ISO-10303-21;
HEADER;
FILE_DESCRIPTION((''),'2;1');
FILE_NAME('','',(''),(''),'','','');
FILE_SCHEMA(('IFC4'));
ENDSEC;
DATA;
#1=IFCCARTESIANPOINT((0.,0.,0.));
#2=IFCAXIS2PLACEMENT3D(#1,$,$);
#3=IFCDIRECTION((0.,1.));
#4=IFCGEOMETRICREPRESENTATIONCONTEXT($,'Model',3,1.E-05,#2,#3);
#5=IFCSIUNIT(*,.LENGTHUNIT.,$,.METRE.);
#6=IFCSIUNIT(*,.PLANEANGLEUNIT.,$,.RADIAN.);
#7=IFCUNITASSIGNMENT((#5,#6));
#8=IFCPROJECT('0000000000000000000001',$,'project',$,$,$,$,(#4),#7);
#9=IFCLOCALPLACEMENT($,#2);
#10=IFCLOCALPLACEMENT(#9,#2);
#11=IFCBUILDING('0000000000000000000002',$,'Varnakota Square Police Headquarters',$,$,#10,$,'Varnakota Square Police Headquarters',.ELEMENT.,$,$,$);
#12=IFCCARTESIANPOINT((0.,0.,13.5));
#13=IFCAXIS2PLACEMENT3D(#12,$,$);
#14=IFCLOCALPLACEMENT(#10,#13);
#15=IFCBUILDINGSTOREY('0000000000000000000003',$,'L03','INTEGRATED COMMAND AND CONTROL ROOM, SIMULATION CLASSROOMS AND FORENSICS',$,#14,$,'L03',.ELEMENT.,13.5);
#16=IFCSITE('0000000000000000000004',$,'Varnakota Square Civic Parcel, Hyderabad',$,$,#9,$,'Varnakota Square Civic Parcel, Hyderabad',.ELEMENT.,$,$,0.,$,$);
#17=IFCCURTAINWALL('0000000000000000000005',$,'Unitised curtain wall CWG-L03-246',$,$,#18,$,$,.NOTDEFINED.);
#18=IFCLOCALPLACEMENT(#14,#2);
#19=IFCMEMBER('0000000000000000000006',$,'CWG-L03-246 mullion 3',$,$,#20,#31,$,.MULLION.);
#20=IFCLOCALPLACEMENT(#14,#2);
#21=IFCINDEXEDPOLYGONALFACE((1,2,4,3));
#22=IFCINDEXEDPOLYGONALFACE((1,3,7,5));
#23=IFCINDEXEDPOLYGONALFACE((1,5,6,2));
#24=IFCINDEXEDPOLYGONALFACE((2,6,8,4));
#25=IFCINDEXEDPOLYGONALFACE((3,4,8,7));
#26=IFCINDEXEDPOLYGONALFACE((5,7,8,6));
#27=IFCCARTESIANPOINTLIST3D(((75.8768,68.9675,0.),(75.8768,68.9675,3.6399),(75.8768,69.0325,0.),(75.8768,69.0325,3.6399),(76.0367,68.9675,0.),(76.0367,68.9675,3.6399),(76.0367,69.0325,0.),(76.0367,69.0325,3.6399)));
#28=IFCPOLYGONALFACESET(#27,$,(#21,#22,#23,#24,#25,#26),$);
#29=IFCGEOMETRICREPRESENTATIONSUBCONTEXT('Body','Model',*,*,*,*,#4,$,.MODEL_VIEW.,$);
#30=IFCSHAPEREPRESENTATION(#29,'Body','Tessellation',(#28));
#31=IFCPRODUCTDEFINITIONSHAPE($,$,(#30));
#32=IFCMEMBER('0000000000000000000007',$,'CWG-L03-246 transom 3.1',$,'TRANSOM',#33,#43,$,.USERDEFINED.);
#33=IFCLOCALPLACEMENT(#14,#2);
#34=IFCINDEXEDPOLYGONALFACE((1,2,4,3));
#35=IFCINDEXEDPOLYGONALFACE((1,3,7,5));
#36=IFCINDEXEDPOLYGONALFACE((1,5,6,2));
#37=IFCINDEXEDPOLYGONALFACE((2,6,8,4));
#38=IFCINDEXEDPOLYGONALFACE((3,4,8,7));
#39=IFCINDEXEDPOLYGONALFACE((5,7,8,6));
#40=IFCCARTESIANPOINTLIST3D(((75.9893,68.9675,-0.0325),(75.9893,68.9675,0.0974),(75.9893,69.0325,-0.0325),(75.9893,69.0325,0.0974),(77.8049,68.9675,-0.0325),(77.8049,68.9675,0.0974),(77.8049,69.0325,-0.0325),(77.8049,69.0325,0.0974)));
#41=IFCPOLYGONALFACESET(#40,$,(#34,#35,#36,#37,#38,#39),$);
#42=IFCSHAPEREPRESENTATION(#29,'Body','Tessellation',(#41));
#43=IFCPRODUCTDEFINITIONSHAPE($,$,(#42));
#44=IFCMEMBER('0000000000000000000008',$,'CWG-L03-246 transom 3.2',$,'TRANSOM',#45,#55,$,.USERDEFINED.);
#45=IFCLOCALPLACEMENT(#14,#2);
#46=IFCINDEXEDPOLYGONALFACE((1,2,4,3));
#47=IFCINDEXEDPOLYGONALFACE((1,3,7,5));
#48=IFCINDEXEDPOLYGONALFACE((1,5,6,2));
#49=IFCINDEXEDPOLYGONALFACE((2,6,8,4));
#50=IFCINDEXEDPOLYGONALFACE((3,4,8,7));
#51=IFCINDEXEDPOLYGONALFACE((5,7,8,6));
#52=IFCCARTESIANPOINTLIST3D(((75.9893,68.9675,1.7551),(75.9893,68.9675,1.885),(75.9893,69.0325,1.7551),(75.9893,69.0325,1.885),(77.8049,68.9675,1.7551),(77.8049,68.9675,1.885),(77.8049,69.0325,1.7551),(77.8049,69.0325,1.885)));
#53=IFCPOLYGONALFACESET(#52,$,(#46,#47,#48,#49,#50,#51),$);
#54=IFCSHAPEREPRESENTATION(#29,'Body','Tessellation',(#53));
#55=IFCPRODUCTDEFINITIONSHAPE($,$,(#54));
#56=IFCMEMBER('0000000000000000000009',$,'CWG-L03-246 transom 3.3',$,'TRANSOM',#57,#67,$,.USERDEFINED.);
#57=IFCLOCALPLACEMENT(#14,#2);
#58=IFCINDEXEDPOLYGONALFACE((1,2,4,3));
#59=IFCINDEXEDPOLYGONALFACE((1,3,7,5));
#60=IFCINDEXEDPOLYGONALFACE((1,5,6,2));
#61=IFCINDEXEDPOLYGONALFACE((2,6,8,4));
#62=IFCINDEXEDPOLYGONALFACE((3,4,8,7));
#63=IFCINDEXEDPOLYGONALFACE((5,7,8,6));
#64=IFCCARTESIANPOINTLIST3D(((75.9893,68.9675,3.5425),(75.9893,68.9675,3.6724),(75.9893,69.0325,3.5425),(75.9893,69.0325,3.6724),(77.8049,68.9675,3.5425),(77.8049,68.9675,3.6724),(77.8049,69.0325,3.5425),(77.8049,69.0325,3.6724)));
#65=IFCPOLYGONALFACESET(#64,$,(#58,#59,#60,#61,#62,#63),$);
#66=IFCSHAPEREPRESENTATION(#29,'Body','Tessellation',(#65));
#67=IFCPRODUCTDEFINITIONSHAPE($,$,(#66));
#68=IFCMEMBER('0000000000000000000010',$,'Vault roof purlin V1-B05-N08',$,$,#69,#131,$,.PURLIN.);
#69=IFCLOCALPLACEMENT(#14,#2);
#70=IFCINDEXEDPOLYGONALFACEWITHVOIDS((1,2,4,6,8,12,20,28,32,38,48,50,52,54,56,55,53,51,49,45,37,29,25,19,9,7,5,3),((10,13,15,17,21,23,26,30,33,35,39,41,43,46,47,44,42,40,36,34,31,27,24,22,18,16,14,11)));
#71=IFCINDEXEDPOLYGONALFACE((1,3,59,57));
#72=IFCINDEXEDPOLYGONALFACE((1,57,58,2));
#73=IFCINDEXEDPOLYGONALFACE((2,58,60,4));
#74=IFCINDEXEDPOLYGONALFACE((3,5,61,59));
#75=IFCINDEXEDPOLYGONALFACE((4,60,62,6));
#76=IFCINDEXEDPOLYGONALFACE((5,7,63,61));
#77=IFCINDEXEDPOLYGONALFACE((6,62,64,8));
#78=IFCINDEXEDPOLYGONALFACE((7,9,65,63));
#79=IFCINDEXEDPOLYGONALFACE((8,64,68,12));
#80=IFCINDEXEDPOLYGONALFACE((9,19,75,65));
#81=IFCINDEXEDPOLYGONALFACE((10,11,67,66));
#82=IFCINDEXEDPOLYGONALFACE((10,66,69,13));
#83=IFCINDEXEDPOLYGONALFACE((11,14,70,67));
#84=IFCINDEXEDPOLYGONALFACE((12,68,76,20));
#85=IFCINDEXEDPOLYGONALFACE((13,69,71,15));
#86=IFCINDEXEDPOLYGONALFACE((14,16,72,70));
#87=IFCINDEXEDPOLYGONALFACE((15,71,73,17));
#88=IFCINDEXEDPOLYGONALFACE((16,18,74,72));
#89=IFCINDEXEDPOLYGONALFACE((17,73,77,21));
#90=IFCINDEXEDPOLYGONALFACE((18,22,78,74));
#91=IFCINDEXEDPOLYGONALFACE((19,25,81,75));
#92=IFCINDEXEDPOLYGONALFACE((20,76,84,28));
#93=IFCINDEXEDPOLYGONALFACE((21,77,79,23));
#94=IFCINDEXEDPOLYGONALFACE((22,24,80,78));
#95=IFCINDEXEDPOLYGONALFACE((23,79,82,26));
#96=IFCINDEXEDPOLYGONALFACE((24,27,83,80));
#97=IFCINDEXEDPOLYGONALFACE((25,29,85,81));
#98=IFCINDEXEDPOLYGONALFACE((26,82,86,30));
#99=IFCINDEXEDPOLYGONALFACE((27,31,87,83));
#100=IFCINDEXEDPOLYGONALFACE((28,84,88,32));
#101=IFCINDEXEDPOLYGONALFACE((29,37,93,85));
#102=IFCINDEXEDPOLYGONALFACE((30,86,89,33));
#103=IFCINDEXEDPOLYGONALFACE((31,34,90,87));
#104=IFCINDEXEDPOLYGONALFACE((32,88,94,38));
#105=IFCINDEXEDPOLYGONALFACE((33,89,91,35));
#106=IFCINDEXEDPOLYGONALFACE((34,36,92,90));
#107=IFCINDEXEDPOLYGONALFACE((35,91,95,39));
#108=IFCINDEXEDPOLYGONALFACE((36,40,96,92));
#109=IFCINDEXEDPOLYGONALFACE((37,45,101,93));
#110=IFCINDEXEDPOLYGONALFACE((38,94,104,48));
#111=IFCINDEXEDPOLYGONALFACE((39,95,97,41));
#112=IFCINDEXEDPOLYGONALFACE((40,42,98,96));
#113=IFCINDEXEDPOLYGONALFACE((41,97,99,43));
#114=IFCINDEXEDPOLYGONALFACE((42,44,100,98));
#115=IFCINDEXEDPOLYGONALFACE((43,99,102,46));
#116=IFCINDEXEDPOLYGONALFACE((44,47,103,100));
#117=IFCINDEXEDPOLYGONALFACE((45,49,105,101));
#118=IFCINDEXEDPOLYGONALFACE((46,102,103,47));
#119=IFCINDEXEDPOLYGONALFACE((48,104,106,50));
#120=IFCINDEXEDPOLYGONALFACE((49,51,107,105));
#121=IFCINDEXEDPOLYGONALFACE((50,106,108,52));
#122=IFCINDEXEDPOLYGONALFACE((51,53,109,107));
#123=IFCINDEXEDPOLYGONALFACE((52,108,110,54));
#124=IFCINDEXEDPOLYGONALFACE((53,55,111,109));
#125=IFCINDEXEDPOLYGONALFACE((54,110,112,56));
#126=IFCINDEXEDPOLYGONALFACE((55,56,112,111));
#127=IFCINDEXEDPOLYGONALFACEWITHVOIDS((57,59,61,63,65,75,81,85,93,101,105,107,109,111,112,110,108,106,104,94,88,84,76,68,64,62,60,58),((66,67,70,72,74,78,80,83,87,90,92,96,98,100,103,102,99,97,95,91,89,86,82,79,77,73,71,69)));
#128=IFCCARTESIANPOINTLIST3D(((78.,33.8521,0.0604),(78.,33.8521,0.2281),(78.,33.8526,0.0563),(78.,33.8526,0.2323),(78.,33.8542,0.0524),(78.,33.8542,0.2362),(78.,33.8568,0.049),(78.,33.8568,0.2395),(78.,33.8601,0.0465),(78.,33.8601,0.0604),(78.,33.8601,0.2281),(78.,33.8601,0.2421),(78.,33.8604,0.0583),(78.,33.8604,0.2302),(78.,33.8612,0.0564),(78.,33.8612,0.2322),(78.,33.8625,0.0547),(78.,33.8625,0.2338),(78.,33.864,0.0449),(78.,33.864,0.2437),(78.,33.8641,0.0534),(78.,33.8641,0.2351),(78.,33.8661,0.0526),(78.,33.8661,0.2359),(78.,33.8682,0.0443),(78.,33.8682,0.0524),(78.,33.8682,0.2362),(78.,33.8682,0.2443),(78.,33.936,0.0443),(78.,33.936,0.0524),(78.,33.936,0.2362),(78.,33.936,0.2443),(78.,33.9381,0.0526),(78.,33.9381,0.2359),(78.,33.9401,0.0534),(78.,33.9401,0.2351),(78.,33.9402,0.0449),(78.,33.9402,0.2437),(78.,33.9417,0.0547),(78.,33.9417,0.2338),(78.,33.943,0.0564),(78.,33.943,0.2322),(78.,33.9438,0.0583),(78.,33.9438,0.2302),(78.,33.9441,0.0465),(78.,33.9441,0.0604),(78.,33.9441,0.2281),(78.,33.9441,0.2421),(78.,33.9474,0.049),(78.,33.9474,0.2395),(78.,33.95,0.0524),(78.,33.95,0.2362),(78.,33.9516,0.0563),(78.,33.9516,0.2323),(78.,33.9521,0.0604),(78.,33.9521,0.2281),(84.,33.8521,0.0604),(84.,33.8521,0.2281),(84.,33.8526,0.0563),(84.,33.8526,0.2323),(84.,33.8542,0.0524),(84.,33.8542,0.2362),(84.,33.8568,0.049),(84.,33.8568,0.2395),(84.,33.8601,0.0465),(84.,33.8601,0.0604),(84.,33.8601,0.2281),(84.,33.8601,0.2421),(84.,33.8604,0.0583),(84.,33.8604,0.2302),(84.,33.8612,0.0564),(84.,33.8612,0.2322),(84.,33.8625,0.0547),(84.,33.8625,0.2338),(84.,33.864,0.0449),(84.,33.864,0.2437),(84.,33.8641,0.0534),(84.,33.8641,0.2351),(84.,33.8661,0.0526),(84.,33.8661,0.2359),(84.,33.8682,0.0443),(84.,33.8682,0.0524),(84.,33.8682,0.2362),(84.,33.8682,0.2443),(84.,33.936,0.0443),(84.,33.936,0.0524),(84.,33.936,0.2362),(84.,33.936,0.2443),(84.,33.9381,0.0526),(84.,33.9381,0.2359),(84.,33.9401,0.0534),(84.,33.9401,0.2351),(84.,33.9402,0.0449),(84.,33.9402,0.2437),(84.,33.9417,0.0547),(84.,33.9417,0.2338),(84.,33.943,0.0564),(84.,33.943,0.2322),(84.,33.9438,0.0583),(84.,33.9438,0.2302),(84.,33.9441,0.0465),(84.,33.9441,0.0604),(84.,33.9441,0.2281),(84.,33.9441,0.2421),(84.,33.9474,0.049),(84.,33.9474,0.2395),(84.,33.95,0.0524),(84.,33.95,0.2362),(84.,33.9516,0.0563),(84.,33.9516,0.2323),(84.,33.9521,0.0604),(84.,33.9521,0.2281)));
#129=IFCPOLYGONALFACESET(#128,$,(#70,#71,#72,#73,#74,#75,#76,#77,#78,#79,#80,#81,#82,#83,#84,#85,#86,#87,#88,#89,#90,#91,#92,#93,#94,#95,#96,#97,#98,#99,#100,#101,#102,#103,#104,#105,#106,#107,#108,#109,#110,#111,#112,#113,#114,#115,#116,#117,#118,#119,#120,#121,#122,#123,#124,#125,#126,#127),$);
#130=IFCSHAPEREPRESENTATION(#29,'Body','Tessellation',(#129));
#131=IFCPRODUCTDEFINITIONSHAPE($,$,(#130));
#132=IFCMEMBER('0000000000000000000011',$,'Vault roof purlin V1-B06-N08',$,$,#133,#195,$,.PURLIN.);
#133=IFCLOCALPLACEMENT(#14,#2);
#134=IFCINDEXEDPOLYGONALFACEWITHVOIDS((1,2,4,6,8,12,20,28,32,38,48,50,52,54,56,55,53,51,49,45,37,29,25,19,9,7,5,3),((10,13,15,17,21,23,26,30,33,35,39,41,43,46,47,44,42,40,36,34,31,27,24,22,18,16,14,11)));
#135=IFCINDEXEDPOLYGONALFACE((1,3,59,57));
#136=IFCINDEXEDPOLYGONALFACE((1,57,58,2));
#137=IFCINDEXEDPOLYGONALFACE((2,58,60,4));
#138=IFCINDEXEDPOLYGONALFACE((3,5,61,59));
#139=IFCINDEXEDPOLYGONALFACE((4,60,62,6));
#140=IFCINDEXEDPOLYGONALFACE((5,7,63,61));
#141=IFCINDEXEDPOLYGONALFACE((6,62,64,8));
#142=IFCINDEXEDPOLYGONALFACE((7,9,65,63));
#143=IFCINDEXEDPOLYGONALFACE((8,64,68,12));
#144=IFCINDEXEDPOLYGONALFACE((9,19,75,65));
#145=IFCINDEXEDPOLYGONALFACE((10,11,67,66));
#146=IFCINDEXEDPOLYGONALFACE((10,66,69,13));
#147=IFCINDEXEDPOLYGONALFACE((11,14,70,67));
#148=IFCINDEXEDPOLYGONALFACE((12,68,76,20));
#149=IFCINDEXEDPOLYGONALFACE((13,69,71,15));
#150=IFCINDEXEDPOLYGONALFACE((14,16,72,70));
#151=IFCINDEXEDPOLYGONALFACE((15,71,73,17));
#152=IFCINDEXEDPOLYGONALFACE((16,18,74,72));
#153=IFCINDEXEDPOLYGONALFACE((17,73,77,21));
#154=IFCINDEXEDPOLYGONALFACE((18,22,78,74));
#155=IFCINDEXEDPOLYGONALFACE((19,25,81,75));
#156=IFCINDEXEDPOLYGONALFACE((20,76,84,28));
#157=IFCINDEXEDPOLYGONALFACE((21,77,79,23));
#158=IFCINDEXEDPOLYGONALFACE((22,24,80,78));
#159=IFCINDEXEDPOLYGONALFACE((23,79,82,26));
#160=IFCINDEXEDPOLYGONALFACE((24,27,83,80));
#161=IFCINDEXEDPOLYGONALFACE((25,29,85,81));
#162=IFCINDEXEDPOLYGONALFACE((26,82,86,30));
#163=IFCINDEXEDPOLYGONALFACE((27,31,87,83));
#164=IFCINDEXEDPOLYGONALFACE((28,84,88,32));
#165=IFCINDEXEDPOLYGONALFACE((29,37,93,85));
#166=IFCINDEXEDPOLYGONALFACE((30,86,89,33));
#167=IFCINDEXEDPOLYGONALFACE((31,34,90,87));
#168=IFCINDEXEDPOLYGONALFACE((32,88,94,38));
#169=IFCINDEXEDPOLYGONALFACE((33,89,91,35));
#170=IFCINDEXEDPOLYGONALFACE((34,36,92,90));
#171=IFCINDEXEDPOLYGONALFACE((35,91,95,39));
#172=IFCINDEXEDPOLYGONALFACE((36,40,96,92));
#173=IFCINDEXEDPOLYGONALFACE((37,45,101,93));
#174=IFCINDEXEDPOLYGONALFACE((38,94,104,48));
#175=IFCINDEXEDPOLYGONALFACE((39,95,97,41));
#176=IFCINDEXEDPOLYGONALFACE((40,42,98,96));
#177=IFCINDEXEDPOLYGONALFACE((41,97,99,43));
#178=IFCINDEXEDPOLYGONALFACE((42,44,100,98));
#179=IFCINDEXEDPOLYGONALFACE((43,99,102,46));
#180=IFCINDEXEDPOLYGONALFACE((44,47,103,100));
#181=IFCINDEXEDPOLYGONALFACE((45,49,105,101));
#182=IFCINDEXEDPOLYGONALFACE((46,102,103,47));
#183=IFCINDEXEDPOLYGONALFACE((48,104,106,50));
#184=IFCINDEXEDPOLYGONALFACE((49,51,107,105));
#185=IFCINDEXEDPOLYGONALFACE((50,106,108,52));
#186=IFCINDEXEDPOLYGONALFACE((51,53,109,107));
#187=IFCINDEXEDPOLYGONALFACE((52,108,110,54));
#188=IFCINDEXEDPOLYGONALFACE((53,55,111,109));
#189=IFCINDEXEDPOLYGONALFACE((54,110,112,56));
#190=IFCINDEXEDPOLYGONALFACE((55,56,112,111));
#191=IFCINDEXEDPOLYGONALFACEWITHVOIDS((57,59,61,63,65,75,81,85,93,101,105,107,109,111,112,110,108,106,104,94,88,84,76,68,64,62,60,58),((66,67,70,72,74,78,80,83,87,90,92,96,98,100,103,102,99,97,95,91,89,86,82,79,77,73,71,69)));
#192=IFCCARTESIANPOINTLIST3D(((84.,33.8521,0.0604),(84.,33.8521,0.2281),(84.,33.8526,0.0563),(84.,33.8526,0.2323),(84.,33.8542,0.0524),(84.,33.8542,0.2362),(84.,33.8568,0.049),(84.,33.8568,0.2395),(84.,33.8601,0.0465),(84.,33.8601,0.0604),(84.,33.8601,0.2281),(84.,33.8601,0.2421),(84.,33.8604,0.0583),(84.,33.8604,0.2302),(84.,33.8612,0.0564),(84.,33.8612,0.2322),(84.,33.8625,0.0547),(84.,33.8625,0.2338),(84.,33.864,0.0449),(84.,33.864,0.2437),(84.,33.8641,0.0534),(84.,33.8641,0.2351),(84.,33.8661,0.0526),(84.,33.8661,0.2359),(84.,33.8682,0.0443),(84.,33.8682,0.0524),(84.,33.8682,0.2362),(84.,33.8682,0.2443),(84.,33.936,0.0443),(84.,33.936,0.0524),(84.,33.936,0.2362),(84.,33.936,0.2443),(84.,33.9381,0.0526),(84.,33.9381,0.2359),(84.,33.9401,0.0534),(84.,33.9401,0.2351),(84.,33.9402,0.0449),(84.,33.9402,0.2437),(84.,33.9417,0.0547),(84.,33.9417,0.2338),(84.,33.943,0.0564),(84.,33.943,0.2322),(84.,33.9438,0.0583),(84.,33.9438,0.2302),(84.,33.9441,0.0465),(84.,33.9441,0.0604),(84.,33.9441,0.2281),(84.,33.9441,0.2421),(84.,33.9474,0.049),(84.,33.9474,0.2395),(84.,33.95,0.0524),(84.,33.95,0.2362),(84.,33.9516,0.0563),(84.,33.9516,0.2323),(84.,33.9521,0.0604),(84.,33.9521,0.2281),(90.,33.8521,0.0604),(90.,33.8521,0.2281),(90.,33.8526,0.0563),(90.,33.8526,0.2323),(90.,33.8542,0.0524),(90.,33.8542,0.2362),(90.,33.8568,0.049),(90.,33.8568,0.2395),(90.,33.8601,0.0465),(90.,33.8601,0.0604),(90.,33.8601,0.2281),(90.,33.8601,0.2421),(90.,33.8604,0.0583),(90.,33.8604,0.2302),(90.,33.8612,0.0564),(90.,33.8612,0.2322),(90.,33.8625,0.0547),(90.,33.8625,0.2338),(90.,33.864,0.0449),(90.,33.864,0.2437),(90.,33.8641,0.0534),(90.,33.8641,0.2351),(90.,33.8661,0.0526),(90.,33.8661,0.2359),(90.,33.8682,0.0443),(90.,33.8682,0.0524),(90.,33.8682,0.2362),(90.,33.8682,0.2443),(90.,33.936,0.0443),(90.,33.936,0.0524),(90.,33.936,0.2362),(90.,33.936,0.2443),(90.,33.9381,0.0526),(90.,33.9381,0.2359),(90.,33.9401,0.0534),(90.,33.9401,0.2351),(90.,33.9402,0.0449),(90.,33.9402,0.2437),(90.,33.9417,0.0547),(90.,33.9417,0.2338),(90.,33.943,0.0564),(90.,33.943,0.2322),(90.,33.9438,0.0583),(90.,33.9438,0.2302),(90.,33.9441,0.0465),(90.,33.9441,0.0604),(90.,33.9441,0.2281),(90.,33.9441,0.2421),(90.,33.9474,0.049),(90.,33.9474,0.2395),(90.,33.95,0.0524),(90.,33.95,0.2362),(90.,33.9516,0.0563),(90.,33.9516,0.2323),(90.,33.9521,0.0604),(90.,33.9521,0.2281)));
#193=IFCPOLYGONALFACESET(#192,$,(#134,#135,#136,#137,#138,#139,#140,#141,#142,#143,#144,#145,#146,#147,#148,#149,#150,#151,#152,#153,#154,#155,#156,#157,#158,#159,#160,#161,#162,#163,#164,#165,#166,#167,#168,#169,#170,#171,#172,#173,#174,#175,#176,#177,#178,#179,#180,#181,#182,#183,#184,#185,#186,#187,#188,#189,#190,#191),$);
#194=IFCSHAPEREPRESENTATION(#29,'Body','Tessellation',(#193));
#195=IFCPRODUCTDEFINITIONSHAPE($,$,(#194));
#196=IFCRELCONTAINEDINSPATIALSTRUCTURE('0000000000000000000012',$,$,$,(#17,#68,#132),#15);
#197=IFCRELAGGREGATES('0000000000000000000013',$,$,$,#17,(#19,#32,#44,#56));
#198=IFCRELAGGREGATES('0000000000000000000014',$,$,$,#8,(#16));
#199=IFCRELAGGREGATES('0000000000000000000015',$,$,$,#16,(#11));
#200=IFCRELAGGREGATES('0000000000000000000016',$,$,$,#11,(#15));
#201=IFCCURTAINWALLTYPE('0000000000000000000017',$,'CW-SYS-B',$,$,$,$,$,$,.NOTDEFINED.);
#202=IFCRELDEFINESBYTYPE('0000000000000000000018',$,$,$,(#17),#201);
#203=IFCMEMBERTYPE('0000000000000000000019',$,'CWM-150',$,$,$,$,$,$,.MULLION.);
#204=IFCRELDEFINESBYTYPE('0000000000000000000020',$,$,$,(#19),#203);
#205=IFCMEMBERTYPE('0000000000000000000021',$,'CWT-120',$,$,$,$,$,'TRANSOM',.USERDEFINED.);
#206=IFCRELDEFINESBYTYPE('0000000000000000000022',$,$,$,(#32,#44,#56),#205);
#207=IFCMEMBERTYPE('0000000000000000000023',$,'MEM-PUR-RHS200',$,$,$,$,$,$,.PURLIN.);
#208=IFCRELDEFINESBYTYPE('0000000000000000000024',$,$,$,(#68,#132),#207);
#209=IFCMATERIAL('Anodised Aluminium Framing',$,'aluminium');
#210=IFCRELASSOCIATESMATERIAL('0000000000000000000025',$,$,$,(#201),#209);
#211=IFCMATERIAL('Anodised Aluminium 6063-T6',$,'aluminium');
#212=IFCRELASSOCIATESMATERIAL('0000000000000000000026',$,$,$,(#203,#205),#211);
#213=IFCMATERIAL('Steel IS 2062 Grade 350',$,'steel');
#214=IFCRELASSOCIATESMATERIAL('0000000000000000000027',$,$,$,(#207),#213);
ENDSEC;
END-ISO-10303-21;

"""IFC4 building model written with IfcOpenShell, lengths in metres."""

from ifc_helpers import new_model, si_unit, direction, frame, origin, origin_2d, place, context, subcontext, project, spatial, rectangle, hollow_rectangle, extrude, material, material_profile, profile_set, type_object, element, aggregate, save


model = new_model("IFC4")

# Units and contexts
model_context = context("Model", 3, precision=1e-05, world=origin(), true_north=direction((0.0, 1.0)))
body_context = subcontext(model_context, "Body", "Model", "MODEL_VIEW")
ifc_project = project(units=[si_unit("LENGTHUNIT", "METRE"), si_unit("PLANEANGLEUNIT", "RADIAN")], contexts=[model_context])

# Site, building, storey
site_placement = place(None, origin())
site = spatial("IfcSite", under=ifc_project, at=site_placement, Name="Varnakota Square Civic Parcel, Hyderabad", LongName="Varnakota Square Civic Parcel, Hyderabad", CompositionType="ELEMENT", RefElevation=0.0)
building_placement = place(site_placement, origin())
building = spatial("IfcBuilding", under=site, at=building_placement, Name="Varnakota Square Police Headquarters", LongName="Varnakota Square Police Headquarters", CompositionType="ELEMENT")
storey_placement = place(building_placement, frame((0.0, 0.0, 13.5)))
storey = spatial("IfcBuildingStorey", under=building, at=storey_placement, Name="L03", Description="INTEGRATED COMMAND AND CONTROL ROOM, SIMULATION CLASSROOMS AND FORENSICS", LongName="L03", CompositionType="ELEMENT", Elevation=13.5)

# Curtain wall, members
ifc_material_1 = material(Name="Anodised Aluminium Framing", Category="aluminium")
curtain_wall_type = type_object("IfcCurtainWallType", Name="CW-SYS-B", PredefinedType="NOTDEFINED", material=ifc_material_1)
curtain_wall_placement = place(storey_placement, origin())
curtain_wall = element("IfcCurtainWall", 1, at=curtain_wall_placement, inside=storey, type_object=curtain_wall_type, Name="Unitised curtain wall CWG-L03-246", PredefinedType="NOTDEFINED")
ifc_material_2 = material(Name="Anodised Aluminium 6063-T6", Category="aluminium")
ifc_material_profile_1 = material_profile(ifc_material_2, rectangle(XDim=0.0649, YDim=0.1599, at=origin_2d()), Name="ALU MULLION 65x160")
ifc_profile_set_1 = profile_set([ifc_material_profile_1], Name="Anodised Aluminium 6063-T6")
member_type_1 = type_object("IfcMemberType", Name="CWM-150", PredefinedType="MULLION", material=ifc_profile_set_1)
member_1_placement = place(storey_placement, frame((75.9568, 69.0, 0.0), z_axis=(0.0, 0.0, 1.0), x_axis=(0.0, 1.0, 0.0)))
member_1 = element("IfcMember", 2, at=member_1_placement, type_object=member_type_1, Name="CWG-L03-246 mullion 3", PredefinedType="MULLION", context=body_context, shape_type="SweptSolid", body=[
    extrude(rectangle(XDim=0.0649, YDim=0.1599, at=origin_2d()), origin(), (0.0, 0.0, 1.0), 3.6399),
])
ifc_material_profile_2 = material_profile(ifc_material_2, rectangle(XDim=0.0649, YDim=0.1299, at=origin_2d()), Name="ALU TRANSOM 65x130")
ifc_profile_set_2 = profile_set([ifc_material_profile_2], Name="Anodised Aluminium 6063-T6")
member_type_2 = type_object("IfcMemberType", Name="CWT-120", ElementType="TRANSOM", PredefinedType="USERDEFINED", material=ifc_profile_set_2)
member_2_placement = place(storey_placement, frame((75.9893, 69.0, 0.0325), z_axis=(1.0, 0.0, 0.0), x_axis=(0.0, 1.0, 0.0)))
member_2 = element("IfcMember", 3, at=member_2_placement, type_object=member_type_2, Name="CWG-L03-246 transom 3.1", ObjectType="TRANSOM", PredefinedType="USERDEFINED", context=body_context, shape_type="SweptSolid", body=[
    extrude(rectangle(XDim=0.0649, YDim=0.1299, at=origin_2d()), origin(), (0.0, 0.0, 1.0), 1.8157),
])
member_3_placement = place(storey_placement, frame((75.9893, 69.0, 1.8201), z_axis=(1.0, 0.0, 0.0), x_axis=(0.0, 1.0, 0.0)))
member_3 = element("IfcMember", 4, at=member_3_placement, type_object=member_type_2, Name="CWG-L03-246 transom 3.2", ObjectType="TRANSOM", PredefinedType="USERDEFINED", context=body_context, shape_type="SweptSolid", body=[
    extrude(rectangle(XDim=0.0649, YDim=0.1299, at=origin_2d()), origin(), (0.0, 0.0, 1.0), 1.8157),
])
member_4_placement = place(storey_placement, frame((75.9893, 69.0, 3.6074), z_axis=(1.0, 0.0, 0.0), x_axis=(0.0, 1.0, 0.0)))
member_4 = element("IfcMember", 5, at=member_4_placement, type_object=member_type_2, Name="CWG-L03-246 transom 3.3", ObjectType="TRANSOM", PredefinedType="USERDEFINED", context=body_context, shape_type="SweptSolid", body=[
    extrude(rectangle(XDim=0.0649, YDim=0.1299, at=origin_2d()), origin(), (0.0, 0.0, 1.0), 1.8157),
])

# Members
ifc_material_3 = material(Name="Steel IS 2062 Grade 350", Category="steel")
ifc_material_profile_3 = material_profile(ifc_material_3, hollow_rectangle(XDim=0.1001, YDim=0.2, WallThickness=0.0081, InnerFilletRadius=0.0081, OuterFilletRadius=0.0161, at=origin_2d()), Name="RHS 200x100x8")
ifc_profile_set_3 = profile_set([ifc_material_profile_3], Name="Steel IS 2062 Grade 350")
member_type_3 = type_object("IfcMemberType", Name="MEM-PUR-RHS200", PredefinedType="PURLIN", material=ifc_profile_set_3)
for number, where, z_axis, x_axis, name in (
    (6, (78.0, 33.9021, 0.1443), (1.0, 0.0, 0.0), (0.0, 1.0, 0.0), "Vault roof purlin V1-B05-N08"),
    (7, (84.0, 33.9021, 0.1443), (1.0, 0.0, 0.0), (0.0, 1.0, 0.0), "Vault roof purlin V1-B06-N08"),
):
    element("IfcMember", number, at=place(storey_placement, frame(where, z_axis=z_axis, x_axis=x_axis)), inside=storey, type_object=member_type_3, Name=name, PredefinedType="PURLIN", context=body_context, shape_type="SweptSolid", body=[
        extrude(hollow_rectangle(XDim=0.1001, YDim=0.2, WallThickness=0.0081, InnerFilletRadius=0.0081, OuterFilletRadius=0.0161, at=origin_2d()), origin(), (0.0, 0.0, 1.0), 6.0),
    ])

aggregate(curtain_wall, [member_1, member_2, member_3, member_4])

save(model, "model.ifc")
